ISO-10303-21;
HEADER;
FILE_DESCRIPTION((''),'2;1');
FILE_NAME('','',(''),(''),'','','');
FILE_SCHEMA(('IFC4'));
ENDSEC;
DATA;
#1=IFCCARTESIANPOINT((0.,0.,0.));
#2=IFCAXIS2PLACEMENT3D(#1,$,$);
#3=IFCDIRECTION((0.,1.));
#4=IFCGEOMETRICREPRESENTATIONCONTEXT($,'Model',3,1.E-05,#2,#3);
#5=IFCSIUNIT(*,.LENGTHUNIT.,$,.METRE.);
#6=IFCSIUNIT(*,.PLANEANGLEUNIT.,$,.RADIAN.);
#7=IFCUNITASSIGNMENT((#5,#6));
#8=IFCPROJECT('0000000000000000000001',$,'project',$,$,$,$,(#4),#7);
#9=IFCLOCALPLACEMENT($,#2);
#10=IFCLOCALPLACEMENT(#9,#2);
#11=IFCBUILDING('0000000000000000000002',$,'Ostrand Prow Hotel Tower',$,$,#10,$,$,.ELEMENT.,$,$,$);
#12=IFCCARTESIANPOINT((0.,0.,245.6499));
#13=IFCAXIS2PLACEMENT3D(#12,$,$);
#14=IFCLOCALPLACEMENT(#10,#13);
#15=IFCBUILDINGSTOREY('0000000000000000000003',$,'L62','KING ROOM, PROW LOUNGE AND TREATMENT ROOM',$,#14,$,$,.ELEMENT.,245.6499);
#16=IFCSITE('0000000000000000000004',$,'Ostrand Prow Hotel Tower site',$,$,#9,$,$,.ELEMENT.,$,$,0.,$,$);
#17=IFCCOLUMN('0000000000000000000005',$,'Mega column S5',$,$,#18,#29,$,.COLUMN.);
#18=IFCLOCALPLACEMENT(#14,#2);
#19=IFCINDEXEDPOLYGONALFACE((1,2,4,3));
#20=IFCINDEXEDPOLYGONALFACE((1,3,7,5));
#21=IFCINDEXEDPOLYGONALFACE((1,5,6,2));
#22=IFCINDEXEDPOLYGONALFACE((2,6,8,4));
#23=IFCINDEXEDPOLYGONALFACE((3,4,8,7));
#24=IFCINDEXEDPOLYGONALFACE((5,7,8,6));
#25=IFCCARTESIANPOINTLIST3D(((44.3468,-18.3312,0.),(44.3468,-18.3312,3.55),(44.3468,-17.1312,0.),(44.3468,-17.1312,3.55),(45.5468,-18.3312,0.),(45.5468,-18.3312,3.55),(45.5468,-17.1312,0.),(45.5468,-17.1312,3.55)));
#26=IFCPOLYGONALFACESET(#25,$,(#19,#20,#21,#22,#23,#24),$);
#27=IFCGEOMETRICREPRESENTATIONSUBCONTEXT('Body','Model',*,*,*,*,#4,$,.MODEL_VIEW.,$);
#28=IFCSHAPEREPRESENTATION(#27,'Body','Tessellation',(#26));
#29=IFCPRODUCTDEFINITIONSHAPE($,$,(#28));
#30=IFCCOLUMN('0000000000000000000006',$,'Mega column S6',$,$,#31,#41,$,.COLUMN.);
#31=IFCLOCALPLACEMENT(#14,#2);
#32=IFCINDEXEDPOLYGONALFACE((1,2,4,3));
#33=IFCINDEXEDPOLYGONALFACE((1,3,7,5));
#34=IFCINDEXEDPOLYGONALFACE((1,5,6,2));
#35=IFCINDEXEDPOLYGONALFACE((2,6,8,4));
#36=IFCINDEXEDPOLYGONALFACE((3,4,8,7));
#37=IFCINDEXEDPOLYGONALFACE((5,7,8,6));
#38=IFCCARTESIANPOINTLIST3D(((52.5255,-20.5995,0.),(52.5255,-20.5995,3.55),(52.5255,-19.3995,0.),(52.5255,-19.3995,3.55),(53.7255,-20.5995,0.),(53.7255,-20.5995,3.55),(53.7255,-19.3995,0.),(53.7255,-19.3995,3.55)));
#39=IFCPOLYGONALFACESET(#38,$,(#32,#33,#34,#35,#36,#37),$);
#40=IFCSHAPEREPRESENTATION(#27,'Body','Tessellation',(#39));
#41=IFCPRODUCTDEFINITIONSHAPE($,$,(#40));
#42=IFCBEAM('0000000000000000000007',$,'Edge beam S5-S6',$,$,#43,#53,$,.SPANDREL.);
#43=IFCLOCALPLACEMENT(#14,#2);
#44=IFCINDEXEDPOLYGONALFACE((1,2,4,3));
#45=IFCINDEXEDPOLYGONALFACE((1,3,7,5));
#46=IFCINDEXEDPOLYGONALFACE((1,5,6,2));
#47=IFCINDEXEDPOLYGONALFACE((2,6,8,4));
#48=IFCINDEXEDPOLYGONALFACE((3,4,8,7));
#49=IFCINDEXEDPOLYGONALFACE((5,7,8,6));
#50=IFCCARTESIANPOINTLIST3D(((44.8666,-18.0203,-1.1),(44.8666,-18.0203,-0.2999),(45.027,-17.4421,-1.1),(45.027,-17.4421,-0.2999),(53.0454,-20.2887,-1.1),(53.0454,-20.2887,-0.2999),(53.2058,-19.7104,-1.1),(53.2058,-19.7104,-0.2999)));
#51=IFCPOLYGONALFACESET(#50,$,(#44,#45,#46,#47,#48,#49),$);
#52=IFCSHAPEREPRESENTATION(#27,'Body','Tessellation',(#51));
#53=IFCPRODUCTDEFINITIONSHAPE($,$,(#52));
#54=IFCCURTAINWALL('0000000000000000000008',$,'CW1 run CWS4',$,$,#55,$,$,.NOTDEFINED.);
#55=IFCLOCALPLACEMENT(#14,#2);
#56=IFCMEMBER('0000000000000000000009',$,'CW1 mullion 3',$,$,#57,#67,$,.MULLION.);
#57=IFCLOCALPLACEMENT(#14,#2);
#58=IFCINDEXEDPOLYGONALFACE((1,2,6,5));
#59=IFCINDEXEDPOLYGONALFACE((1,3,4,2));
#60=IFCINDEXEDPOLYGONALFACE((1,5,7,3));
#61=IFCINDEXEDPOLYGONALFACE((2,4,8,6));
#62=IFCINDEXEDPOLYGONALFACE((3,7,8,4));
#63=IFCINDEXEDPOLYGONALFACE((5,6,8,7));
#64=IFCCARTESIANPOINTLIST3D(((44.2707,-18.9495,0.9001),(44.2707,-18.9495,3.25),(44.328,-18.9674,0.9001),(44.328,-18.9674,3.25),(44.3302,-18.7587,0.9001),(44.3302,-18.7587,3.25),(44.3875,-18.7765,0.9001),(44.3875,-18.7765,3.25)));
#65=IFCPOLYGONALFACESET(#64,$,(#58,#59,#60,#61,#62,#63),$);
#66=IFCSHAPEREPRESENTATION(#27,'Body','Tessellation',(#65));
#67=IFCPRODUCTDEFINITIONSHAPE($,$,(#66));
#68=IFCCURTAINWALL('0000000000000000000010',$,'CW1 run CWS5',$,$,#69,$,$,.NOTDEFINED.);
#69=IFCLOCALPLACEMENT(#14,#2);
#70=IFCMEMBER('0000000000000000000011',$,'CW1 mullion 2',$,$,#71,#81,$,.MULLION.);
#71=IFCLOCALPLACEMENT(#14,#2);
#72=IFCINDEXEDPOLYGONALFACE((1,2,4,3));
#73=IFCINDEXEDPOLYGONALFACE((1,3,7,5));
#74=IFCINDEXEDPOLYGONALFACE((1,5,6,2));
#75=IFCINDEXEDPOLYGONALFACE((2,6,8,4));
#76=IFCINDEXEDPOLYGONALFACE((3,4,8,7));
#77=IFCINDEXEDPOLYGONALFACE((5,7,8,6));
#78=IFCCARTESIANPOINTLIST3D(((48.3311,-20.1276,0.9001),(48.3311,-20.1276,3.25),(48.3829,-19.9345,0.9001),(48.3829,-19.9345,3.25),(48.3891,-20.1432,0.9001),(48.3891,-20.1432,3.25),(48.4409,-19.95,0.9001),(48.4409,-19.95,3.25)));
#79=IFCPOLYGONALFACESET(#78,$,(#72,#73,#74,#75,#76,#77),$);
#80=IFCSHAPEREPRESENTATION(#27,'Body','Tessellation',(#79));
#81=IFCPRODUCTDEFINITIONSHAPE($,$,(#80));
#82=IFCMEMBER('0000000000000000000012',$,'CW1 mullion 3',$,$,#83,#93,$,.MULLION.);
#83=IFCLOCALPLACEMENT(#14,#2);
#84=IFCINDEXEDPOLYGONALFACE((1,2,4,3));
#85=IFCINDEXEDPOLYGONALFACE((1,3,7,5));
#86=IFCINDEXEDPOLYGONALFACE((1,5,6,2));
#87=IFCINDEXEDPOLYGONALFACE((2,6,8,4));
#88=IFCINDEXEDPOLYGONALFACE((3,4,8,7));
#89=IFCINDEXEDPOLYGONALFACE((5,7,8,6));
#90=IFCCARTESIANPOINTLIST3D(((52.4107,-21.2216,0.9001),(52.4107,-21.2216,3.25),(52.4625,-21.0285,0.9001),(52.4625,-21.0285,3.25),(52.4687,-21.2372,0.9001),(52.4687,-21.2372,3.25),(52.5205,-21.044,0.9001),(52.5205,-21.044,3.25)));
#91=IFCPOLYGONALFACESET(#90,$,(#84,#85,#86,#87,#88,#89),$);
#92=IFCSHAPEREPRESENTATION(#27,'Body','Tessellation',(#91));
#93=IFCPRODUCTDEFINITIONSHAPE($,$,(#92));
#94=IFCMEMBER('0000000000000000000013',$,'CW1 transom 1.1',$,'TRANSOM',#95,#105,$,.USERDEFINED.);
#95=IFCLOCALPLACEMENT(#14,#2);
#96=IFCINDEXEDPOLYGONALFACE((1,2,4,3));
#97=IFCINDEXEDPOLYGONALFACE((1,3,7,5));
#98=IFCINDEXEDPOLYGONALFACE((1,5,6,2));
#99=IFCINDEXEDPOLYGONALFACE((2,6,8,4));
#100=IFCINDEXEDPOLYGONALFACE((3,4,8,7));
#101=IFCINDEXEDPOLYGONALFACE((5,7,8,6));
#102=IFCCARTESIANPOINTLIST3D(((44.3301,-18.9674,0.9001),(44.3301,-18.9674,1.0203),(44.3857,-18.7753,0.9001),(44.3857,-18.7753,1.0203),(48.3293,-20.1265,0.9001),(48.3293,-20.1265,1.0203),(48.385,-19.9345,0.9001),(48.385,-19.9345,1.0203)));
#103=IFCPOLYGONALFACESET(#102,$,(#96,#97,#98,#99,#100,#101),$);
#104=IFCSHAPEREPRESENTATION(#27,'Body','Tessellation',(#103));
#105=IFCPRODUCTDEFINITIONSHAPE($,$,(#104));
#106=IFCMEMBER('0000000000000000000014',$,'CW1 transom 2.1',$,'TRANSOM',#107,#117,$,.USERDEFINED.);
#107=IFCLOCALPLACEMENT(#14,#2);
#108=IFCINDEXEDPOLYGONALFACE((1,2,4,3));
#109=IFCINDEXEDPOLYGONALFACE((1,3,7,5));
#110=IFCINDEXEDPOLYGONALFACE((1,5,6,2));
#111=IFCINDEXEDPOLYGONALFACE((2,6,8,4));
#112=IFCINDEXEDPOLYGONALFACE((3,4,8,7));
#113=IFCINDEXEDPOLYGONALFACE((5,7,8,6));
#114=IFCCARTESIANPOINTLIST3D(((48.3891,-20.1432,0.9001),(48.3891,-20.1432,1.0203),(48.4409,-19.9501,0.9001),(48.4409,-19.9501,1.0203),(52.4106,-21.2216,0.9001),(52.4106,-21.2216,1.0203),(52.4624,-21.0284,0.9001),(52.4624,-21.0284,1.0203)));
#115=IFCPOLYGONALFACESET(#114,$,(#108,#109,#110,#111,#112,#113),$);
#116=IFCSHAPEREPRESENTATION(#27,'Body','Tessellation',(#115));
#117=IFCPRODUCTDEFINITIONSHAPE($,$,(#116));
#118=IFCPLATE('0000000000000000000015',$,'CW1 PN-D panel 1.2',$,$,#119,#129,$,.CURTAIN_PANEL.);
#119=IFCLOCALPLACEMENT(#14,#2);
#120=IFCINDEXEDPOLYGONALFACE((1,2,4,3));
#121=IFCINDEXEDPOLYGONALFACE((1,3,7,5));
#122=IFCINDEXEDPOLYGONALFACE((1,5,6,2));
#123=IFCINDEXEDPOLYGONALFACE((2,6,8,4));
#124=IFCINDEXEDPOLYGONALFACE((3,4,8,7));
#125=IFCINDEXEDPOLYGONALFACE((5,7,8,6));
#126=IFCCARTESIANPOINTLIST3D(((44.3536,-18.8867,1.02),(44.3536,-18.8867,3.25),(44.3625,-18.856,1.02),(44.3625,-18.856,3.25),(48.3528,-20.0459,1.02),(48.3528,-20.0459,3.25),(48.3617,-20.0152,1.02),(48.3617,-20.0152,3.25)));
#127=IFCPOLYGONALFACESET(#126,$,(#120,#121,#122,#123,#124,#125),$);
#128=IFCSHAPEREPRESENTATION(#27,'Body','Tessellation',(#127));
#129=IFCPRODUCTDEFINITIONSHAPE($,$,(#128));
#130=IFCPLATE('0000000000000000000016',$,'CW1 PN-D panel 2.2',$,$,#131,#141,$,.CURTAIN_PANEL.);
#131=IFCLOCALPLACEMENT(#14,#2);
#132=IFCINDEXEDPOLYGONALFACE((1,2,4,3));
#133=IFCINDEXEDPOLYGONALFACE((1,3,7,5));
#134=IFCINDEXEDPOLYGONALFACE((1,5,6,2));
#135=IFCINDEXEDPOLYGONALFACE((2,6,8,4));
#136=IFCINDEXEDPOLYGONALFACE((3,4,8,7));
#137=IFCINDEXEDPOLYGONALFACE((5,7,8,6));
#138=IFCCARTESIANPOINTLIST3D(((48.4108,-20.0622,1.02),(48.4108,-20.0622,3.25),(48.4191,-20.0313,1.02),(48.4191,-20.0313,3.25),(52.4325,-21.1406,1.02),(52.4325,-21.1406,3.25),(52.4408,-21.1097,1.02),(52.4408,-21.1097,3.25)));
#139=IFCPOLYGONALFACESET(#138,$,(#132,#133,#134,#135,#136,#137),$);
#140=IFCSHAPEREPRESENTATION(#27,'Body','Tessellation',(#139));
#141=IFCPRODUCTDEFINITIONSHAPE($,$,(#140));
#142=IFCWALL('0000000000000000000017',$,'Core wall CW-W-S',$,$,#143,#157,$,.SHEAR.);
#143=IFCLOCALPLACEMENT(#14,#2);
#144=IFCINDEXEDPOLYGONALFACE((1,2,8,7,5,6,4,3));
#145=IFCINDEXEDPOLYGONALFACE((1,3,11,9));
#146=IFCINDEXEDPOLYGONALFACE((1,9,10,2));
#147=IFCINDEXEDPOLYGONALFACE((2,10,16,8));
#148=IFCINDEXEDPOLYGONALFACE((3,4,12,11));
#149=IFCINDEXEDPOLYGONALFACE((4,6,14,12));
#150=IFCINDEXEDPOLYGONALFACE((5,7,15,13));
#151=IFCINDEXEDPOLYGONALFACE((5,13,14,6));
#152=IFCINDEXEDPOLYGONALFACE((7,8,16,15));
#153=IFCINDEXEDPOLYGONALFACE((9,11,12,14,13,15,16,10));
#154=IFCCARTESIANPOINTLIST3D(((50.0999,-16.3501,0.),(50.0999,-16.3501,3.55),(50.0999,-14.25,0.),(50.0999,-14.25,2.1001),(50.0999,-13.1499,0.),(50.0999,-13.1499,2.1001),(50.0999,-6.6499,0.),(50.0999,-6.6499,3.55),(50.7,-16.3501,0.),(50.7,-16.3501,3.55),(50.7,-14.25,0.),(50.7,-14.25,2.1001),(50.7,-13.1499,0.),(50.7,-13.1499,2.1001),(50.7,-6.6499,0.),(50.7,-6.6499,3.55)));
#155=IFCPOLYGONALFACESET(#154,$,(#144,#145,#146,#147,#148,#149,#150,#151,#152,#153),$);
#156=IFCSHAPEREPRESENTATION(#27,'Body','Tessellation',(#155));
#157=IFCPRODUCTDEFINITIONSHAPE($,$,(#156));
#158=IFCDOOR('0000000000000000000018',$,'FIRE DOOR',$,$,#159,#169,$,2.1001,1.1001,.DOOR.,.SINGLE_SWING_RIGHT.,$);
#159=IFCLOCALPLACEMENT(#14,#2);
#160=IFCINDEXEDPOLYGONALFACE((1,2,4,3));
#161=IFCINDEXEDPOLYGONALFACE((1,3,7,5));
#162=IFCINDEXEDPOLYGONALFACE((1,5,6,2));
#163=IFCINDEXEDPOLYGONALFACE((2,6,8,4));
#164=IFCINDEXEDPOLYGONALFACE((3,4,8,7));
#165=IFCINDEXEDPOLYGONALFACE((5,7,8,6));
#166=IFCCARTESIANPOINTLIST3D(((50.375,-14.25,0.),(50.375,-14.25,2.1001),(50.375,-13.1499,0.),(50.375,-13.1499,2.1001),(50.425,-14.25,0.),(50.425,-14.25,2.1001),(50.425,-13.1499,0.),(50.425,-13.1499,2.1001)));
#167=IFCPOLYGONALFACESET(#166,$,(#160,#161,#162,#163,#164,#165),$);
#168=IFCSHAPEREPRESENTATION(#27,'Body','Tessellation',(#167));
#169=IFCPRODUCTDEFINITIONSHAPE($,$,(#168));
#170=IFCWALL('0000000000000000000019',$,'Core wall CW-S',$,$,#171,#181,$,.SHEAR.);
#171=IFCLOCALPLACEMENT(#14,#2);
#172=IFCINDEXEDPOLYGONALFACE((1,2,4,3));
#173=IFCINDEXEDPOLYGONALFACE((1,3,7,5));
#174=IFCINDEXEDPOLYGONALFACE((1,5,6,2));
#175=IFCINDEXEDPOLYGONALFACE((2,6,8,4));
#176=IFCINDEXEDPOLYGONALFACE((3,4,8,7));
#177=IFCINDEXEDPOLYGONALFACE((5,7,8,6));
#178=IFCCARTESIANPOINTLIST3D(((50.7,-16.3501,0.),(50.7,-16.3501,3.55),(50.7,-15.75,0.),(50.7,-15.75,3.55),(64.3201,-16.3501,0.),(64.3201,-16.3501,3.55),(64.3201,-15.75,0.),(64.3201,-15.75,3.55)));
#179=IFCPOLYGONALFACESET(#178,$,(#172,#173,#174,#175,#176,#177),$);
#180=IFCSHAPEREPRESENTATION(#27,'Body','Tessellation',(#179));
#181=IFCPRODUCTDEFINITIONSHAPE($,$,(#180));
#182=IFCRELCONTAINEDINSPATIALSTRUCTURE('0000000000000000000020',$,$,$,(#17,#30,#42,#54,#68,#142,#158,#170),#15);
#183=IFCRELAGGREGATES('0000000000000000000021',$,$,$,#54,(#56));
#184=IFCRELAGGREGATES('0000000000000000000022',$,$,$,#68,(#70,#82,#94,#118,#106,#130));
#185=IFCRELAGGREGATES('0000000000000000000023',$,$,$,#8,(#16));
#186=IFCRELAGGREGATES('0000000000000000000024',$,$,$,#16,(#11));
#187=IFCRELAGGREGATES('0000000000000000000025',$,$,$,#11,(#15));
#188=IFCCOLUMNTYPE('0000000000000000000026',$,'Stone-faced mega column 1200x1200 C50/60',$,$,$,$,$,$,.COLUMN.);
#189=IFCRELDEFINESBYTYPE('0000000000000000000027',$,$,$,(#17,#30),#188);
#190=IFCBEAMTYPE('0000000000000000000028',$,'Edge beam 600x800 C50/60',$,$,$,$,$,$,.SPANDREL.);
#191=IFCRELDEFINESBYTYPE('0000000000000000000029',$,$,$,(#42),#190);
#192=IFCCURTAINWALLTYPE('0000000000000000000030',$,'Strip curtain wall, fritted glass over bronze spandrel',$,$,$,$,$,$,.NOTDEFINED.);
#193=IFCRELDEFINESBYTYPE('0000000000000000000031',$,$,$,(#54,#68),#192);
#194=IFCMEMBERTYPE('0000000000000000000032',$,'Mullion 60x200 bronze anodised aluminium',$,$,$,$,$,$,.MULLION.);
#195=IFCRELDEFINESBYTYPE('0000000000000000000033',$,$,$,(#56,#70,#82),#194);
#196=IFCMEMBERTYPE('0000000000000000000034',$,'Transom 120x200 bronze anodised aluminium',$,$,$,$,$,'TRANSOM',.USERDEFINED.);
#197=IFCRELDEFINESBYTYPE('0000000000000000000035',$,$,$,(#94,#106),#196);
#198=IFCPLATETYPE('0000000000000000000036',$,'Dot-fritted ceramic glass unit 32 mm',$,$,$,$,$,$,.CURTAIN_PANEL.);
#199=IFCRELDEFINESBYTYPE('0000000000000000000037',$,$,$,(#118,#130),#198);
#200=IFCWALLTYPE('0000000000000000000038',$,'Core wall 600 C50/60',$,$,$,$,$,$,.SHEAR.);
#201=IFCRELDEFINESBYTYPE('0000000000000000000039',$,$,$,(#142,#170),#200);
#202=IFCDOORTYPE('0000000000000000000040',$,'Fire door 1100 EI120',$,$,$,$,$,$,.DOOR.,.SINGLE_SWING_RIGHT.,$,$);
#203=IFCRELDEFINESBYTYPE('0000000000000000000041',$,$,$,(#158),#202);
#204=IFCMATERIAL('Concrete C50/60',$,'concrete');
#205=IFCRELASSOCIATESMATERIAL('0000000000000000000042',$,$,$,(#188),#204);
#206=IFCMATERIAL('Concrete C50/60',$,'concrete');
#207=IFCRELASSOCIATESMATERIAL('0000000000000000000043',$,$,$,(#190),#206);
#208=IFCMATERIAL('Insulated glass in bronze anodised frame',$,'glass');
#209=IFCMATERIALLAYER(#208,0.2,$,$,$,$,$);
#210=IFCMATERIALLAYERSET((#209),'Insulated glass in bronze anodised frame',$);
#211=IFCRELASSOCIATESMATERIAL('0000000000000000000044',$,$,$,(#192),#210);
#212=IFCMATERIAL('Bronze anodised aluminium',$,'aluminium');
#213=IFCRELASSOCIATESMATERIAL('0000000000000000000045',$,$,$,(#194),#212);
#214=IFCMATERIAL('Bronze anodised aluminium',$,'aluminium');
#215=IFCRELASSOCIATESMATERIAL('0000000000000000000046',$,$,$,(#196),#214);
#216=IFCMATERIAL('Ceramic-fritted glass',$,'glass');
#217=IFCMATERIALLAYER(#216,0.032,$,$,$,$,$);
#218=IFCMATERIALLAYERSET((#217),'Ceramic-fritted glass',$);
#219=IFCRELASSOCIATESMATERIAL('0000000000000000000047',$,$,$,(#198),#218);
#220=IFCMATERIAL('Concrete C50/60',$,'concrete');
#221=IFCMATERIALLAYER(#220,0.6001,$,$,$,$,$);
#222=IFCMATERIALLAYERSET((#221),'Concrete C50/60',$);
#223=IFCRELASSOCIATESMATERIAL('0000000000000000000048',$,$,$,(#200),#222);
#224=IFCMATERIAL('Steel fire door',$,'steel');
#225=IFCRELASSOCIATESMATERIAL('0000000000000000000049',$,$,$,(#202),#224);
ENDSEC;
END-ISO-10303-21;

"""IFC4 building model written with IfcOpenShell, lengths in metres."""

from ifc_helpers import new_model, si_unit, direction, frame, frame_2d, origin, origin_2d, place, context, subcontext, project, spatial, rectangle, extrude, material, layer, layer_set, material_profile, profile_set, type_object, element, fill, aggregate, save


model = new_model("IFC4")

# Units and contexts
model_context = context("Model", 3, precision=1e-05, world=origin(), true_north=direction((0.0, 1.0)))
body_context = subcontext(model_context, "Body", "Model", "MODEL_VIEW")
ifc_project = project(units=[si_unit("LENGTHUNIT", "METRE"), si_unit("PLANEANGLEUNIT", "RADIAN")], contexts=[model_context])

# Site, building, storey
site_placement = place(None, origin())
site = spatial("IfcSite", under=ifc_project, at=site_placement, Name="Ostrand Prow Hotel Tower site", CompositionType="ELEMENT", RefElevation=0.0)
building_placement = place(site_placement, origin())
building = spatial("IfcBuilding", under=site, at=building_placement, Name="Ostrand Prow Hotel Tower", CompositionType="ELEMENT")
storey_placement = place(building_placement, frame((0.0, 0.0, 245.6499)))
storey = spatial("IfcBuildingStorey", under=building, at=storey_placement, Name="L62", Description="KING ROOM, PROW LOUNGE AND TREATMENT ROOM", CompositionType="ELEMENT", Elevation=245.6499)

# Columns
ifc_material_1 = material(Name="Concrete C50/60", Category="concrete")
ifc_material_profile_1 = material_profile(ifc_material_1, rectangle(XDim=1.2, YDim=1.2, at=origin_2d()), Name="RC 1200x1200")
ifc_profile_set_1 = profile_set([ifc_material_profile_1], Name="Concrete C50/60")
column_type = type_object("IfcColumnType", Name="Stone-faced mega column 1200x1200 C50/60", PredefinedType="COLUMN", material=ifc_profile_set_1)
for number, where, z_axis, x_axis, name in (
    (1, (44.9468, -17.7312, 0.0), (0.0, 0.0, 1.0), (1.0, 0.0, 0.0), "Mega column S5"),
    (2, (53.1255, -19.9995, 0.0), (0.0, 0.0, 1.0), (1.0, 0.0, 0.0), "Mega column S6"),
):
    element("IfcColumn", number, at=place(storey_placement, frame(where, z_axis=z_axis, x_axis=x_axis)), inside=storey, type_object=column_type, Name=name, PredefinedType="COLUMN", context=body_context, shape_type="SweptSolid", body=[
        extrude(rectangle(XDim=1.2, YDim=1.2, at=origin_2d()), origin(), (0.0, 0.0, 1.0), 3.55),
    ])

# Beam
ifc_material_2 = material(Name="Concrete C50/60", Category="concrete")
ifc_material_profile_2 = material_profile(ifc_material_2, rectangle(XDim=0.6001, YDim=0.8, at=origin_2d()), Name="RC 600x800")
ifc_profile_set_2 = profile_set([ifc_material_profile_2], Name="Concrete C50/60")
beam_type = type_object("IfcBeamType", Name="Edge beam 600x800 C50/60", PredefinedType="SPANDREL", material=ifc_profile_set_2)
beam_placement = place(storey_placement, frame((44.9468, -17.7312, -0.7), z_axis=(0.963626, -0.267255, 0.0), x_axis=(0.267255, 0.963626, 0.0)))
element("IfcBeam", 3, at=beam_placement, inside=storey, type_object=beam_type, Name="Edge beam S5-S6", PredefinedType="SPANDREL", context=body_context, shape_type="SweptSolid", body=[
    extrude(rectangle(XDim=0.6001, YDim=0.8, at=origin_2d()), origin(), (0.0, 0.0, 1.0), 8.4875),
])

# Curtain wall, member
ifc_material_3 = material(Name="Insulated glass in bronze anodised frame", Category="glass")
ifc_layer_1 = layer(ifc_material_3, 0.2)
ifc_layer_set_1 = layer_set([ifc_layer_1], Name="Insulated glass in bronze anodised frame")
curtain_wall_type = type_object("IfcCurtainWallType", Name="Strip curtain wall, fritted glass over bronze spandrel", PredefinedType="NOTDEFINED", material=ifc_layer_set_1)
curtain_wall_1_placement = place(storey_placement, origin())
curtain_wall_1 = element("IfcCurtainWall", 4, at=curtain_wall_1_placement, inside=storey, type_object=curtain_wall_type, Name="CW1 run CWS4", PredefinedType="NOTDEFINED")
ifc_material_4 = material(Name="Bronze anodised aluminium", Category="aluminium")
ifc_material_profile_3 = material_profile(ifc_material_4, rectangle(XDim=0.2, YDim=0.0601, at=origin_2d()), Name="Mullion 60x200 bronze anodised aluminium")
ifc_profile_set_3 = profile_set([ifc_material_profile_3], Name="Bronze anodised aluminium")
member_type_1 = type_object("IfcMemberType", Name="Mullion 60x200 bronze anodised aluminium", PredefinedType="MULLION", material=ifc_profile_set_3)
member_1_placement = place(storey_placement, frame((44.3291, -18.863, 0.9001), z_axis=(0.0, 0.0, 1.0), x_axis=(0.297678, 0.954666, 0.0)))
member_1 = element("IfcMember", 5, at=member_1_placement, type_object=member_type_1, Name="CW1 mullion 3", PredefinedType="MULLION", context=body_context, shape_type="SweptSolid", body=[
    extrude(rectangle(XDim=0.2, YDim=0.0601, at=origin_2d()), origin(), (0.0, 0.0, 1.0), 2.3499),
])
aggregate(curtain_wall_1, [member_1])

# Curtain wall, members, plates
curtain_wall_2_placement = place(storey_placement, origin())
curtain_wall_2 = element("IfcCurtainWall", 6, at=curtain_wall_2_placement, inside=storey, type_object=curtain_wall_type, Name="CW1 run CWS5", PredefinedType="NOTDEFINED")
member_2_placement = place(storey_placement, frame((48.386, -20.0388, 0.9001), z_axis=(0.0, 0.0, 1.0), x_axis=(0.258994, 0.965879, 0.0)))
member_2 = element("IfcMember", 7, at=member_2_placement, type_object=member_type_1, Name="CW1 mullion 2", PredefinedType="MULLION", context=body_context, shape_type="SweptSolid", body=[
    extrude(rectangle(XDim=0.2, YDim=0.0601, at=origin_2d()), origin(), (0.0, 0.0, 1.0), 2.3499),
])
member_3_placement = place(storey_placement, frame((52.4656, -21.1328, 0.9001), z_axis=(0.0, 0.0, 1.0), x_axis=(0.258994, 0.965879, 0.0)))
member_3 = element("IfcMember", 8, at=member_3_placement, type_object=member_type_1, Name="CW1 mullion 3", PredefinedType="MULLION", context=body_context, shape_type="SweptSolid", body=[
    extrude(rectangle(XDim=0.2, YDim=0.0601, at=origin_2d()), origin(), (0.0, 0.0, 1.0), 2.3499),
])
ifc_material_5 = material(Name="Bronze anodised aluminium", Category="aluminium")
ifc_material_profile_4 = material_profile(ifc_material_5, rectangle(XDim=0.2, YDim=0.1201, at=origin_2d()), Name="Transom 120x200 bronze anodised aluminium")
ifc_profile_set_4 = profile_set([ifc_material_profile_4], Name="Bronze anodised aluminium")
member_type_2 = type_object("IfcMemberType", Name="Transom 120x200 bronze anodised aluminium", ElementType="TRANSOM", PredefinedType="USERDEFINED", material=ifc_profile_set_4)
member_4_placement = place(storey_placement, frame((44.3579, -18.8713, 0.9602), z_axis=(0.960468, -0.27839, 0.0), x_axis=(0.27839, 0.960468, 0.0)))
member_4 = element("IfcMember", 9, at=member_4_placement, type_object=member_type_2, Name="CW1 transom 1.1", ObjectType="TRANSOM", PredefinedType="USERDEFINED", context=body_context, shape_type="SweptSolid", body=[
    extrude(rectangle(XDim=0.2, YDim=0.1201, at=origin_2d()), origin(), (0.0, 0.0, 1.0), 4.1638),
])
member_5_placement = place(storey_placement, frame((48.415, -20.0466, 0.9602), z_axis=(0.965877, -0.259002, 0.0), x_axis=(0.259002, 0.965877, 0.0)))
member_5 = element("IfcMember", 10, at=member_5_placement, type_object=member_type_2, Name="CW1 transom 2.1", ObjectType="TRANSOM", PredefinedType="USERDEFINED", context=body_context, shape_type="SweptSolid", body=[
    extrude(rectangle(XDim=0.2, YDim=0.1201, at=origin_2d()), origin(), (0.0, 0.0, 1.0), 4.1636),
])
ifc_material_6 = material(Name="Ceramic-fritted glass", Category="glass")
ifc_layer_2 = layer(ifc_material_6, 0.032)
ifc_layer_set_2 = layer_set([ifc_layer_2], Name="Ceramic-fritted glass")
plate_type = type_object("IfcPlateType", Name="Dot-fritted ceramic glass unit 32 mm", PredefinedType="CURTAIN_PANEL", material=ifc_layer_set_2)
plate_1_placement = place(storey_placement, frame((46.3577, -19.4509, 1.02), z_axis=(0.0, 0.0, 1.0), x_axis=(0.960467, -0.278393, 0.0)))
plate_1 = element("IfcPlate", 11, at=plate_1_placement, type_object=plate_type, Name="CW1 PN-D panel 1.2", PredefinedType="CURTAIN_PANEL", context=body_context, shape_type="SweptSolid", body=[
    extrude(rectangle(XDim=4.1638, YDim=0.032, at=origin_2d()), origin(), (0.0, 0.0, 1.0), 2.23),
])
plate_2_placement = place(storey_placement, frame((50.4258, -20.5859, 1.02), z_axis=(0.0, 0.0, 1.0), x_axis=(0.965879, -0.258994, 0.0)))
plate_2 = element("IfcPlate", 12, at=plate_2_placement, type_object=plate_type, Name="CW1 PN-D panel 2.2", PredefinedType="CURTAIN_PANEL", context=body_context, shape_type="SweptSolid", body=[
    extrude(rectangle(XDim=4.1638, YDim=0.032, at=origin_2d()), origin(), (0.0, 0.0, 1.0), 2.23),
])
aggregate(curtain_wall_2, [member_2, member_3, member_4, plate_1, member_5, plate_2])

# Wall, opening, door
ifc_material_7 = material(Name="Concrete C50/60", Category="concrete")
ifc_layer_3 = layer(ifc_material_7, 0.6001)
ifc_layer_set_3 = layer_set([ifc_layer_3], Name="Concrete C50/60")
wall_type_1 = type_object("IfcWallType", Name="Core wall 600 C50/60", PredefinedType="SHEAR", material=ifc_layer_set_3)
wall_1_placement = place(storey_placement, frame((50.3999, -16.3501, 0.0), z_axis=(0.0, 0.0, 1.0), x_axis=(0.0, 1.0, 0.0)))
wall_1 = element("IfcWall", 13, at=wall_1_placement, inside=storey, type_object=wall_type_1, Name="Core wall CW-W-S", PredefinedType="SHEAR", context=body_context, shape_type="SweptSolid", body=[
    extrude(rectangle(XDim=9.7002, YDim=0.6001, at=frame_2d((4.8501, 0.0))), origin(), (0.0, 0.0, 1.0), 3.55),
])
opening_1_placement = place(wall_1_placement, frame((2.1001, 0.0, 0.0)))
opening_1 = element("IfcOpeningElement", 14, at=opening_1_placement, cuts=wall_1, PredefinedType="OPENING", context=body_context, shape_type="SweptSolid", body=[
    extrude(rectangle(XDim=1.1001, YDim=2.1001, at=frame_2d((0.55, 1.05))), frame((0.0, 0.3101, 0.0), z_axis=(0.0, -1.0, 0.0), x_axis=(1.0, 0.0, 0.0)), (0.0, 0.0, 1.0), 0.6201),
])
ifc_material_8 = material(Name="Steel fire door", Category="steel")
door_type_1 = type_object("IfcDoorType", Name="Fire door 1100 EI120", OperationType="SINGLE_SWING_RIGHT", PredefinedType="DOOR", material=ifc_material_8)
door_1_placement = place(opening_1_placement, origin())
door_1 = element("IfcDoor", 15, at=door_1_placement, inside=storey, type_object=door_type_1, Name="FIRE DOOR", OperationType="SINGLE_SWING_RIGHT", OverallHeight=2.1001, OverallWidth=1.1001, PredefinedType="DOOR", context=body_context, shape_type="SweptSolid", body=[
    extrude(rectangle(XDim=1.1001, YDim=2.1001, at=frame_2d((0.55, 1.05))), frame((0.0, 0.0249, 0.0), z_axis=(0.0, -1.0, 0.0), x_axis=(1.0, 0.0, 0.0)), (0.0, 0.0, 1.0), 0.05),
])
fill(opening_1, door_1)

# Wall
wall_2_placement = place(storey_placement, frame((50.7, -16.05, 0.0), z_axis=(0.0, 0.0, 1.0), x_axis=(1.0, 0.0, 0.0)))
element("IfcWall", 16, at=wall_2_placement, inside=storey, type_object=wall_type_1, Name="Core wall CW-S", PredefinedType="SHEAR", context=body_context, shape_type="SweptSolid", body=[
    extrude(rectangle(XDim=13.6201, YDim=0.6001, at=frame_2d((6.8101, 0.0))), origin(), (0.0, 0.0, 1.0), 3.55),
])

save(model, "model.ifc")
